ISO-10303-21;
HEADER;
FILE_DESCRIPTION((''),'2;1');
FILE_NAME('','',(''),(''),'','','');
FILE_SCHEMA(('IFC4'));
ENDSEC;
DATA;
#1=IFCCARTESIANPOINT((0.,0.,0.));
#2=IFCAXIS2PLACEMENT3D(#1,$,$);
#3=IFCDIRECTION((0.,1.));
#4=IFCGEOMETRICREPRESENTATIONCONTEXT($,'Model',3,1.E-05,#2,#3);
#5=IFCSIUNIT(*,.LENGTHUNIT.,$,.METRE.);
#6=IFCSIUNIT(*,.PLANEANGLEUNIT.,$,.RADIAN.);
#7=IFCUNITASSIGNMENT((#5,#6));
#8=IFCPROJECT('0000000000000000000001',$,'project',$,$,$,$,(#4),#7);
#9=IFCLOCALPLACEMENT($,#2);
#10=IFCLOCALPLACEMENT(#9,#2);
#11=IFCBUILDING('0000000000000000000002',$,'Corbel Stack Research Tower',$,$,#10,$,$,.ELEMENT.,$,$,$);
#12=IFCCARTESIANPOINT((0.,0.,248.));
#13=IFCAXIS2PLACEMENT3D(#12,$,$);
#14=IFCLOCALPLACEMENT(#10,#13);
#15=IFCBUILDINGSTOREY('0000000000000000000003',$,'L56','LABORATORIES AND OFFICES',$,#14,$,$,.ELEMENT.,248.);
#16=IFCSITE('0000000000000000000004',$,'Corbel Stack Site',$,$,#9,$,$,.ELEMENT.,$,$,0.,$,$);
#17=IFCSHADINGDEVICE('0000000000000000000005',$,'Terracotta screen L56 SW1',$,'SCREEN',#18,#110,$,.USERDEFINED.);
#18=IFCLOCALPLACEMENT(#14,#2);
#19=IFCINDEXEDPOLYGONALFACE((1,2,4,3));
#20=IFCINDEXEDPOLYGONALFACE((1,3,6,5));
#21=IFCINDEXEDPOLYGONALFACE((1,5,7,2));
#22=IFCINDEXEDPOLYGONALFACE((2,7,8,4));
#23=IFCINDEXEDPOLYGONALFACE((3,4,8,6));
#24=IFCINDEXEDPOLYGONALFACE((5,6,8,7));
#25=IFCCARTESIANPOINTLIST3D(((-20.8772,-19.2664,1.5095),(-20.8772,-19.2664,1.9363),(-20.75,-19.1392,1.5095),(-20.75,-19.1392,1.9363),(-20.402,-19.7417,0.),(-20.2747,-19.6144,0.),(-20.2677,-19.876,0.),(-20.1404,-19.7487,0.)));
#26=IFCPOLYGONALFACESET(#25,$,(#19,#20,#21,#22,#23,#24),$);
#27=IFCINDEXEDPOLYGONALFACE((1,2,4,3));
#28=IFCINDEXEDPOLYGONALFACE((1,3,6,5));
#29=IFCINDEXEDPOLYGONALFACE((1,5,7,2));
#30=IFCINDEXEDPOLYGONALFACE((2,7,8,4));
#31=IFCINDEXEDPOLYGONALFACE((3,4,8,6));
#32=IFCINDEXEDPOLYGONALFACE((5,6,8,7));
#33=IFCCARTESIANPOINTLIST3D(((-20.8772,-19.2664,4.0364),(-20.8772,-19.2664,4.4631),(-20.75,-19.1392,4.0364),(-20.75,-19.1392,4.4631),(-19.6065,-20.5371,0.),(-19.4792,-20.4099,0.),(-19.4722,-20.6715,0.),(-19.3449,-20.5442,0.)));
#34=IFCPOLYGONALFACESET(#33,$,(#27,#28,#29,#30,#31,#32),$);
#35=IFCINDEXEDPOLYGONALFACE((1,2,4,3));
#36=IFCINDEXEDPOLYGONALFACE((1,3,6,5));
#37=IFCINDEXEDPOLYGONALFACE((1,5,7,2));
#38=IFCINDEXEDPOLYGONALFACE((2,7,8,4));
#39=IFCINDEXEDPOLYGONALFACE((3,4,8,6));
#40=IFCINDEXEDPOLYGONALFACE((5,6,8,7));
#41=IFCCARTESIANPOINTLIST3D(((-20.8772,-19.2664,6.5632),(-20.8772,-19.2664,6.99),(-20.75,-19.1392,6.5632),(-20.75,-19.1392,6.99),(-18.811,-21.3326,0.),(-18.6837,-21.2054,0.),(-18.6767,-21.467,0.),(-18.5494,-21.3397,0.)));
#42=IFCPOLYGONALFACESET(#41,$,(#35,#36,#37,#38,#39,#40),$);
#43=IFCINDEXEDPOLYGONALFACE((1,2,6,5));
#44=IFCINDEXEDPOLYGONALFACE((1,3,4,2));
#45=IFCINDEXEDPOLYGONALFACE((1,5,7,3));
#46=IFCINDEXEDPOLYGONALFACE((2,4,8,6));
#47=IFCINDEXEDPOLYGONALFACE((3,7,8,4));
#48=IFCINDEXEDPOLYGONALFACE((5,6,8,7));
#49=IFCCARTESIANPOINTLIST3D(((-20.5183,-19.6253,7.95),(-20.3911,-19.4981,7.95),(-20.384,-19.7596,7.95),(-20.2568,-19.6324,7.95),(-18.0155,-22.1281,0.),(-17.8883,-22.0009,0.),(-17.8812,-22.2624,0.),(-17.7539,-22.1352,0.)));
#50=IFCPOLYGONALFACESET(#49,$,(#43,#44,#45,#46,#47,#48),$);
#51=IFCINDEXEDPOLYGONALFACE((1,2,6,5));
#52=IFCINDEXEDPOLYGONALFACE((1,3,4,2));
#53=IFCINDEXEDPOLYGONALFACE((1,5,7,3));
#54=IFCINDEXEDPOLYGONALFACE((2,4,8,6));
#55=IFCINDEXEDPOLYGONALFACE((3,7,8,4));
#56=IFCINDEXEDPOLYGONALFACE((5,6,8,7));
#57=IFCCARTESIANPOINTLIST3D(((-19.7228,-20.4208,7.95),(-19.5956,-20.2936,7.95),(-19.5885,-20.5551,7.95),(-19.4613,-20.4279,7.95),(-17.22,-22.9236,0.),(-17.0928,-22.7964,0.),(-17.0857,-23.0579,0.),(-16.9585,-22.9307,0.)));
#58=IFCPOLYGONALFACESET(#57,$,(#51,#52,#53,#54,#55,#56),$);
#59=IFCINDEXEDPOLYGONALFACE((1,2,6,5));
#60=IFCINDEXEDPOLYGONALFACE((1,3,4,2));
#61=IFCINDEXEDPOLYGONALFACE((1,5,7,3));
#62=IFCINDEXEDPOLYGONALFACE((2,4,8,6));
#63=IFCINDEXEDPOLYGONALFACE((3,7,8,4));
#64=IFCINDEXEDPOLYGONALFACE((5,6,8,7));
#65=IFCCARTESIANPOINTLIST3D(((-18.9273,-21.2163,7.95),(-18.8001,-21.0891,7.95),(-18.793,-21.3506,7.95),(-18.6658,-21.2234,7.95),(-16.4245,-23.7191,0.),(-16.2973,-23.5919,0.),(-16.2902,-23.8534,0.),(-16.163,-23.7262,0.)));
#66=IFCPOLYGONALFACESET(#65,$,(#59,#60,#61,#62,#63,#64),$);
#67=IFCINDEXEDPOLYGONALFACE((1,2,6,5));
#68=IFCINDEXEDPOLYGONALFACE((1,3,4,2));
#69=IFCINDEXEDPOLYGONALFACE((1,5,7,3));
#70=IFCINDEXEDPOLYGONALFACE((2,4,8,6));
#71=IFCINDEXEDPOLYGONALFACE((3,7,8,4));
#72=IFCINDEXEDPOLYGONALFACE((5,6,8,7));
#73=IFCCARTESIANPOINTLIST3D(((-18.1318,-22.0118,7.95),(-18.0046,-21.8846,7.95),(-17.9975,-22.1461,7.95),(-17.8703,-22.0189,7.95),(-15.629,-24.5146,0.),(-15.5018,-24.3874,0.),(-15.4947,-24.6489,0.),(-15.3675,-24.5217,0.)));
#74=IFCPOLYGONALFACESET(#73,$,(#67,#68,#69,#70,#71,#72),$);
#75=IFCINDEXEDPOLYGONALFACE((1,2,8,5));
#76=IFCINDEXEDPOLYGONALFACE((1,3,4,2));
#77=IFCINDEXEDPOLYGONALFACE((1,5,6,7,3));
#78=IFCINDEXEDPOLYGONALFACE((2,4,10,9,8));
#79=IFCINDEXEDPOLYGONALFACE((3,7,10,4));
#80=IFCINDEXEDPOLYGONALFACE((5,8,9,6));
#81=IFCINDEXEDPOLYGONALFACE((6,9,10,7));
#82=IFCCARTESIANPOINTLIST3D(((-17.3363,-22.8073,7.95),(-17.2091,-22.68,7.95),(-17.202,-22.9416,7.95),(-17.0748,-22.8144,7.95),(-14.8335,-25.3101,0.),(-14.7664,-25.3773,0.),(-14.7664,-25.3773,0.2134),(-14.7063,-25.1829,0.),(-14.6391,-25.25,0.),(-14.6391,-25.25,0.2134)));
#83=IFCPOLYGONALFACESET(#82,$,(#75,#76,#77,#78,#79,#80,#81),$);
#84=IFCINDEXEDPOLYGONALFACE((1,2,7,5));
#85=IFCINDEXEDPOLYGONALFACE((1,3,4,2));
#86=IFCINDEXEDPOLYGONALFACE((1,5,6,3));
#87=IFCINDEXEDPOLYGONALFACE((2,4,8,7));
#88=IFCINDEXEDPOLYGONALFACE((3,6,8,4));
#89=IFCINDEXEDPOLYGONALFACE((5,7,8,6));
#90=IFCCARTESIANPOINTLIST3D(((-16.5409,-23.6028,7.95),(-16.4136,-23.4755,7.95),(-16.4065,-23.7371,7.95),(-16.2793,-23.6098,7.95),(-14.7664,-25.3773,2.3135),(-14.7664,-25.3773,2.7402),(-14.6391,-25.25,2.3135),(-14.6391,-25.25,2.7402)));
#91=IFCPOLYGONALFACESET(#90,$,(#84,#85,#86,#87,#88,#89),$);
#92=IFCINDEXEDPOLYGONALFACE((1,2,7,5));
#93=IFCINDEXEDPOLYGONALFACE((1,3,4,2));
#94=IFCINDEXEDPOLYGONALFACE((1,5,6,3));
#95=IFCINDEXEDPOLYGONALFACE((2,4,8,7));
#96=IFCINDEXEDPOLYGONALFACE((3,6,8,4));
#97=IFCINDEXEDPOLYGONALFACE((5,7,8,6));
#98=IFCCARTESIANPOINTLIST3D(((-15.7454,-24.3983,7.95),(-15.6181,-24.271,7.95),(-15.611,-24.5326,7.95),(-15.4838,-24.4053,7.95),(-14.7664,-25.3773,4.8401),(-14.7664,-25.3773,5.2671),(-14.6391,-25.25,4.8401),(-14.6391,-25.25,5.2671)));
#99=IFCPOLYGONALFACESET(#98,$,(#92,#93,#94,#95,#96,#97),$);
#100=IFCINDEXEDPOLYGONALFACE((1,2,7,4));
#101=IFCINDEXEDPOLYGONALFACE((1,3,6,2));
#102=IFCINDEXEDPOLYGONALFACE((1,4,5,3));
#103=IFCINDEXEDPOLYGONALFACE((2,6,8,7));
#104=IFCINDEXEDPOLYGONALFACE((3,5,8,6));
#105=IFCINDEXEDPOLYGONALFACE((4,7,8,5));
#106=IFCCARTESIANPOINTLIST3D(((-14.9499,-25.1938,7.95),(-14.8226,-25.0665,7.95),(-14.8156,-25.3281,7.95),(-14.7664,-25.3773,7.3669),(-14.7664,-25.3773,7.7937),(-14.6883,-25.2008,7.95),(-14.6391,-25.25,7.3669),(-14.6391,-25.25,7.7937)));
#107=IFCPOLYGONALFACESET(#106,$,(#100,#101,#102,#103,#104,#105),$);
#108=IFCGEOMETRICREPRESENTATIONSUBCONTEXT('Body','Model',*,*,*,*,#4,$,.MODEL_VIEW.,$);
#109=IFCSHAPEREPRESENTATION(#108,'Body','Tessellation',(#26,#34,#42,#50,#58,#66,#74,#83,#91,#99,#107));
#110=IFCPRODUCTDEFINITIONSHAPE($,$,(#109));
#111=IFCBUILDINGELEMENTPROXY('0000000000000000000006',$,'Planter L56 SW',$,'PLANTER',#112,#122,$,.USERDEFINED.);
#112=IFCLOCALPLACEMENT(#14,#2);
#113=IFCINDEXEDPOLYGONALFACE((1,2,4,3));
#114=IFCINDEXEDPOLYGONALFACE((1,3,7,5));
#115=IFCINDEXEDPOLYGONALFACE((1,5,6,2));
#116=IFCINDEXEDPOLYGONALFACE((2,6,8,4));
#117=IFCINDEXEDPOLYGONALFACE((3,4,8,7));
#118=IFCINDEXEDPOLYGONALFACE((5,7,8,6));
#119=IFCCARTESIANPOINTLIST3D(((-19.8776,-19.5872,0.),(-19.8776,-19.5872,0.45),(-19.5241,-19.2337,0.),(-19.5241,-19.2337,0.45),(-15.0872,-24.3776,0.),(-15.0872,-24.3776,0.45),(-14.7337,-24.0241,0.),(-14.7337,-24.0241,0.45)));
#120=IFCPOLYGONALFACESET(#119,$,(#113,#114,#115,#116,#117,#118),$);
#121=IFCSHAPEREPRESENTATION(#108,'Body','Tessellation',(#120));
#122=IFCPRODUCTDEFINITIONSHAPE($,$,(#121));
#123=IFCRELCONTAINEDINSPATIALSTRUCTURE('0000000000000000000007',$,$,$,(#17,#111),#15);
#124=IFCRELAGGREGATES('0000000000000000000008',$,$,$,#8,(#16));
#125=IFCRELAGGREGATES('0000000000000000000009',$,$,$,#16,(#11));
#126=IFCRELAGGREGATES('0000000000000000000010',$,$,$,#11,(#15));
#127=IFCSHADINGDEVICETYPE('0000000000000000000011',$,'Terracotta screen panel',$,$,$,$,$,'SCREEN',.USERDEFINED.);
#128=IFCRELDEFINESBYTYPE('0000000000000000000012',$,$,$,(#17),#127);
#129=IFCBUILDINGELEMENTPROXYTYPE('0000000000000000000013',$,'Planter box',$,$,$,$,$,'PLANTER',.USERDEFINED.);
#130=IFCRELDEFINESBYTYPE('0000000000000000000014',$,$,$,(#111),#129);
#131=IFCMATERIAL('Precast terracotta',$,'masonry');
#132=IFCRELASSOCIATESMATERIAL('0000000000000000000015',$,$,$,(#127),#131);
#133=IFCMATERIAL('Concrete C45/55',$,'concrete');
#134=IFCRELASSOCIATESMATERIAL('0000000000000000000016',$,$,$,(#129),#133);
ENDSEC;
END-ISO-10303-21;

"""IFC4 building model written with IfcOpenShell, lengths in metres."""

from ifc_helpers import new_model, si_unit, direction, frame, origin, origin_2d, place, context, subcontext, project, spatial, polyline, rectangle, outline, extrude, source, transform, mapped, material, type_object, element, save


model = new_model("IFC4")

# Units and contexts
model_context = context("Model", 3, precision=1e-05, world=origin(), true_north=direction((0.0, 1.0)))
body_context = subcontext(model_context, "Body", "Model", "MODEL_VIEW")
ifc_project = project(units=[si_unit("LENGTHUNIT", "METRE"), si_unit("PLANEANGLEUNIT", "RADIAN")], contexts=[model_context])

# Site, building, storey
site_placement = place(None, origin())
site = spatial("IfcSite", under=ifc_project, at=site_placement, Name="Corbel Stack Site", CompositionType="ELEMENT", RefElevation=0.0)
building_placement = place(site_placement, origin())
building = spatial("IfcBuilding", under=site, at=building_placement, Name="Corbel Stack Research Tower", CompositionType="ELEMENT")
storey_placement = place(building_placement, frame((0.0, 0.0, 248.0)))
storey = spatial("IfcBuildingStorey", under=building, at=storey_placement, Name="L56", Description="LABORATORIES AND OFFICES", CompositionType="ELEMENT", Elevation=248.0)

# Shading device
ifc_material_1 = material(Name="Precast terracotta", Category="masonry")
shading_device_type = type_object("IfcShadingDeviceType", Name="Terracotta screen panel", ElementType="SCREEN", PredefinedType="USERDEFINED", material=ifc_material_1)
shared_shape_1 = source(origin(), body_context, "Body", "SweptSolid", [
    extrude(outline(polyline([(0.8621, 0.0), (0.0, 1.9363), (0.0, 1.5095), (0.6721, 0.0), (0.8621, 0.0)])), frame((0.0, 0.0, 0.0), z_axis=(0.0, -1.0, 0.0), x_axis=(1.0, 0.0, 0.0)), (0.0, 0.0, 1.0), 0.1799),
    extrude(outline(polyline([(1.9871, 0.0), (0.0, 4.4631), (0.0, 4.0364), (1.7971, 0.0), (1.9871, 0.0)])), frame((0.0, 0.0, 0.0), z_axis=(0.0, -1.0, 0.0), x_axis=(1.0, 0.0, 0.0)), (0.0, 0.0, 1.0), 0.1799),
    extrude(outline(polyline([(3.1121, 0.0), (0.0, 6.99), (0.0, 6.5632), (2.9221, 0.0), (3.1121, 0.0)])), frame((0.0, 0.0, 0.0), z_axis=(0.0, -1.0, 0.0), x_axis=(1.0, 0.0, 0.0)), (0.0, 0.0, 1.0), 0.1799),
    extrude(outline(polyline([(4.2371, 0.0), (0.6975, 7.95), (0.5076, 7.95), (4.0471, 0.0), (4.2371, 0.0)])), frame((0.0, 0.0, 0.0), z_axis=(0.0, -1.0, 0.0), x_axis=(1.0, 0.0, 0.0)), (0.0, 0.0, 1.0), 0.1799),
    extrude(outline(polyline([(5.3621, 0.0), (1.8225, 7.95), (1.6326, 7.95), (5.1721, 0.0), (5.3621, 0.0)])), frame((0.0, 0.0, 0.0), z_axis=(0.0, -1.0, 0.0), x_axis=(1.0, 0.0, 0.0)), (0.0, 0.0, 1.0), 0.1799),
    extrude(outline(polyline([(6.4871, 0.0), (2.9475, 7.95), (2.7576, 7.95), (6.2971, 0.0), (6.4871, 0.0)])), frame((0.0, 0.0, 0.0), z_axis=(0.0, -1.0, 0.0), x_axis=(1.0, 0.0, 0.0)), (0.0, 0.0, 1.0), 0.1799),
    extrude(outline(polyline([(7.6121, 0.0), (4.0725, 7.95), (3.8826, 7.95), (7.4221, 0.0), (7.6121, 0.0)])), frame((0.0, 0.0, 0.0), z_axis=(0.0, -1.0, 0.0), x_axis=(1.0, 0.0, 0.0)), (0.0, 0.0, 1.0), 0.1799),
    extrude(outline(polyline([(8.6421, 0.0), (8.6421, 0.2134), (5.1975, 7.95), (5.0076, 7.95), (8.5471, 0.0), (8.6421, 0.0)])), frame((0.0, 0.0, 0.0), z_axis=(0.0, -1.0, 0.0), x_axis=(1.0, 0.0, 0.0)), (0.0, 0.0, 1.0), 0.1799),
    extrude(outline(polyline([(6.3225, 7.95), (6.1326, 7.95), (8.6421, 2.3135), (8.6421, 2.7402), (6.3225, 7.95)])), frame((0.0, 0.0, 0.0), z_axis=(0.0, -1.0, 0.0), x_axis=(1.0, 0.0, 0.0)), (0.0, 0.0, 1.0), 0.1799),
    extrude(outline(polyline([(7.4475, 7.95), (7.2576, 7.95), (8.6421, 4.8401), (8.6421, 5.2671), (7.4475, 7.95)])), frame((0.0, 0.0, 0.0), z_axis=(0.0, -1.0, 0.0), x_axis=(1.0, 0.0, 0.0)), (0.0, 0.0, 1.0), 0.1799),
    extrude(outline(polyline([(8.5725, 7.95), (8.3826, 7.95), (8.6421, 7.3669), (8.6421, 7.7937), (8.5725, 7.95)])), frame((0.0, 0.0, 0.0), z_axis=(0.0, -1.0, 0.0), x_axis=(1.0, 0.0, 0.0)), (0.0, 0.0, 1.0), 0.1799),
])
shading_device_1_placement = place(storey_placement, frame((-20.75, -19.1392, 0.0), z_axis=(0.0, 0.0, 1.0), x_axis=(0.707107, -0.707107, 0.0)))
element("IfcShadingDevice", 1, at=shading_device_1_placement, inside=storey, type_object=shading_device_type, Name="Terracotta screen L56 SW1", ObjectType="SCREEN", PredefinedType="USERDEFINED", context=body_context, shape_type="MappedRepresentation", body=[
    mapped(shared_shape_1, transform((0.0, 0.0, 0.0))),
])

# Building element proxy
ifc_material_2 = material(Name="Concrete C45/55", Category="concrete")
building_element_proxy_type = type_object("IfcBuildingElementProxyType", Name="Planter box", ElementType="PLANTER", PredefinedType="USERDEFINED", material=ifc_material_2)
proxy_placement = place(storey_placement, frame((-17.3057, -21.8057, 0.0), z_axis=(0.0, 0.0, 1.0), x_axis=(0.707107, -0.707107, 0.0)))
element("IfcBuildingElementProxy", 2, at=proxy_placement, inside=storey, type_object=building_element_proxy_type, Name="Planter L56 SW", ObjectType="PLANTER", PredefinedType="USERDEFINED", context=body_context, shape_type="SweptSolid", body=[
    extrude(rectangle(XDim=6.7747, YDim=0.5, at=origin_2d()), origin(), (0.0, 0.0, 1.0), 0.45),
])

save(model, "model.ifc")
